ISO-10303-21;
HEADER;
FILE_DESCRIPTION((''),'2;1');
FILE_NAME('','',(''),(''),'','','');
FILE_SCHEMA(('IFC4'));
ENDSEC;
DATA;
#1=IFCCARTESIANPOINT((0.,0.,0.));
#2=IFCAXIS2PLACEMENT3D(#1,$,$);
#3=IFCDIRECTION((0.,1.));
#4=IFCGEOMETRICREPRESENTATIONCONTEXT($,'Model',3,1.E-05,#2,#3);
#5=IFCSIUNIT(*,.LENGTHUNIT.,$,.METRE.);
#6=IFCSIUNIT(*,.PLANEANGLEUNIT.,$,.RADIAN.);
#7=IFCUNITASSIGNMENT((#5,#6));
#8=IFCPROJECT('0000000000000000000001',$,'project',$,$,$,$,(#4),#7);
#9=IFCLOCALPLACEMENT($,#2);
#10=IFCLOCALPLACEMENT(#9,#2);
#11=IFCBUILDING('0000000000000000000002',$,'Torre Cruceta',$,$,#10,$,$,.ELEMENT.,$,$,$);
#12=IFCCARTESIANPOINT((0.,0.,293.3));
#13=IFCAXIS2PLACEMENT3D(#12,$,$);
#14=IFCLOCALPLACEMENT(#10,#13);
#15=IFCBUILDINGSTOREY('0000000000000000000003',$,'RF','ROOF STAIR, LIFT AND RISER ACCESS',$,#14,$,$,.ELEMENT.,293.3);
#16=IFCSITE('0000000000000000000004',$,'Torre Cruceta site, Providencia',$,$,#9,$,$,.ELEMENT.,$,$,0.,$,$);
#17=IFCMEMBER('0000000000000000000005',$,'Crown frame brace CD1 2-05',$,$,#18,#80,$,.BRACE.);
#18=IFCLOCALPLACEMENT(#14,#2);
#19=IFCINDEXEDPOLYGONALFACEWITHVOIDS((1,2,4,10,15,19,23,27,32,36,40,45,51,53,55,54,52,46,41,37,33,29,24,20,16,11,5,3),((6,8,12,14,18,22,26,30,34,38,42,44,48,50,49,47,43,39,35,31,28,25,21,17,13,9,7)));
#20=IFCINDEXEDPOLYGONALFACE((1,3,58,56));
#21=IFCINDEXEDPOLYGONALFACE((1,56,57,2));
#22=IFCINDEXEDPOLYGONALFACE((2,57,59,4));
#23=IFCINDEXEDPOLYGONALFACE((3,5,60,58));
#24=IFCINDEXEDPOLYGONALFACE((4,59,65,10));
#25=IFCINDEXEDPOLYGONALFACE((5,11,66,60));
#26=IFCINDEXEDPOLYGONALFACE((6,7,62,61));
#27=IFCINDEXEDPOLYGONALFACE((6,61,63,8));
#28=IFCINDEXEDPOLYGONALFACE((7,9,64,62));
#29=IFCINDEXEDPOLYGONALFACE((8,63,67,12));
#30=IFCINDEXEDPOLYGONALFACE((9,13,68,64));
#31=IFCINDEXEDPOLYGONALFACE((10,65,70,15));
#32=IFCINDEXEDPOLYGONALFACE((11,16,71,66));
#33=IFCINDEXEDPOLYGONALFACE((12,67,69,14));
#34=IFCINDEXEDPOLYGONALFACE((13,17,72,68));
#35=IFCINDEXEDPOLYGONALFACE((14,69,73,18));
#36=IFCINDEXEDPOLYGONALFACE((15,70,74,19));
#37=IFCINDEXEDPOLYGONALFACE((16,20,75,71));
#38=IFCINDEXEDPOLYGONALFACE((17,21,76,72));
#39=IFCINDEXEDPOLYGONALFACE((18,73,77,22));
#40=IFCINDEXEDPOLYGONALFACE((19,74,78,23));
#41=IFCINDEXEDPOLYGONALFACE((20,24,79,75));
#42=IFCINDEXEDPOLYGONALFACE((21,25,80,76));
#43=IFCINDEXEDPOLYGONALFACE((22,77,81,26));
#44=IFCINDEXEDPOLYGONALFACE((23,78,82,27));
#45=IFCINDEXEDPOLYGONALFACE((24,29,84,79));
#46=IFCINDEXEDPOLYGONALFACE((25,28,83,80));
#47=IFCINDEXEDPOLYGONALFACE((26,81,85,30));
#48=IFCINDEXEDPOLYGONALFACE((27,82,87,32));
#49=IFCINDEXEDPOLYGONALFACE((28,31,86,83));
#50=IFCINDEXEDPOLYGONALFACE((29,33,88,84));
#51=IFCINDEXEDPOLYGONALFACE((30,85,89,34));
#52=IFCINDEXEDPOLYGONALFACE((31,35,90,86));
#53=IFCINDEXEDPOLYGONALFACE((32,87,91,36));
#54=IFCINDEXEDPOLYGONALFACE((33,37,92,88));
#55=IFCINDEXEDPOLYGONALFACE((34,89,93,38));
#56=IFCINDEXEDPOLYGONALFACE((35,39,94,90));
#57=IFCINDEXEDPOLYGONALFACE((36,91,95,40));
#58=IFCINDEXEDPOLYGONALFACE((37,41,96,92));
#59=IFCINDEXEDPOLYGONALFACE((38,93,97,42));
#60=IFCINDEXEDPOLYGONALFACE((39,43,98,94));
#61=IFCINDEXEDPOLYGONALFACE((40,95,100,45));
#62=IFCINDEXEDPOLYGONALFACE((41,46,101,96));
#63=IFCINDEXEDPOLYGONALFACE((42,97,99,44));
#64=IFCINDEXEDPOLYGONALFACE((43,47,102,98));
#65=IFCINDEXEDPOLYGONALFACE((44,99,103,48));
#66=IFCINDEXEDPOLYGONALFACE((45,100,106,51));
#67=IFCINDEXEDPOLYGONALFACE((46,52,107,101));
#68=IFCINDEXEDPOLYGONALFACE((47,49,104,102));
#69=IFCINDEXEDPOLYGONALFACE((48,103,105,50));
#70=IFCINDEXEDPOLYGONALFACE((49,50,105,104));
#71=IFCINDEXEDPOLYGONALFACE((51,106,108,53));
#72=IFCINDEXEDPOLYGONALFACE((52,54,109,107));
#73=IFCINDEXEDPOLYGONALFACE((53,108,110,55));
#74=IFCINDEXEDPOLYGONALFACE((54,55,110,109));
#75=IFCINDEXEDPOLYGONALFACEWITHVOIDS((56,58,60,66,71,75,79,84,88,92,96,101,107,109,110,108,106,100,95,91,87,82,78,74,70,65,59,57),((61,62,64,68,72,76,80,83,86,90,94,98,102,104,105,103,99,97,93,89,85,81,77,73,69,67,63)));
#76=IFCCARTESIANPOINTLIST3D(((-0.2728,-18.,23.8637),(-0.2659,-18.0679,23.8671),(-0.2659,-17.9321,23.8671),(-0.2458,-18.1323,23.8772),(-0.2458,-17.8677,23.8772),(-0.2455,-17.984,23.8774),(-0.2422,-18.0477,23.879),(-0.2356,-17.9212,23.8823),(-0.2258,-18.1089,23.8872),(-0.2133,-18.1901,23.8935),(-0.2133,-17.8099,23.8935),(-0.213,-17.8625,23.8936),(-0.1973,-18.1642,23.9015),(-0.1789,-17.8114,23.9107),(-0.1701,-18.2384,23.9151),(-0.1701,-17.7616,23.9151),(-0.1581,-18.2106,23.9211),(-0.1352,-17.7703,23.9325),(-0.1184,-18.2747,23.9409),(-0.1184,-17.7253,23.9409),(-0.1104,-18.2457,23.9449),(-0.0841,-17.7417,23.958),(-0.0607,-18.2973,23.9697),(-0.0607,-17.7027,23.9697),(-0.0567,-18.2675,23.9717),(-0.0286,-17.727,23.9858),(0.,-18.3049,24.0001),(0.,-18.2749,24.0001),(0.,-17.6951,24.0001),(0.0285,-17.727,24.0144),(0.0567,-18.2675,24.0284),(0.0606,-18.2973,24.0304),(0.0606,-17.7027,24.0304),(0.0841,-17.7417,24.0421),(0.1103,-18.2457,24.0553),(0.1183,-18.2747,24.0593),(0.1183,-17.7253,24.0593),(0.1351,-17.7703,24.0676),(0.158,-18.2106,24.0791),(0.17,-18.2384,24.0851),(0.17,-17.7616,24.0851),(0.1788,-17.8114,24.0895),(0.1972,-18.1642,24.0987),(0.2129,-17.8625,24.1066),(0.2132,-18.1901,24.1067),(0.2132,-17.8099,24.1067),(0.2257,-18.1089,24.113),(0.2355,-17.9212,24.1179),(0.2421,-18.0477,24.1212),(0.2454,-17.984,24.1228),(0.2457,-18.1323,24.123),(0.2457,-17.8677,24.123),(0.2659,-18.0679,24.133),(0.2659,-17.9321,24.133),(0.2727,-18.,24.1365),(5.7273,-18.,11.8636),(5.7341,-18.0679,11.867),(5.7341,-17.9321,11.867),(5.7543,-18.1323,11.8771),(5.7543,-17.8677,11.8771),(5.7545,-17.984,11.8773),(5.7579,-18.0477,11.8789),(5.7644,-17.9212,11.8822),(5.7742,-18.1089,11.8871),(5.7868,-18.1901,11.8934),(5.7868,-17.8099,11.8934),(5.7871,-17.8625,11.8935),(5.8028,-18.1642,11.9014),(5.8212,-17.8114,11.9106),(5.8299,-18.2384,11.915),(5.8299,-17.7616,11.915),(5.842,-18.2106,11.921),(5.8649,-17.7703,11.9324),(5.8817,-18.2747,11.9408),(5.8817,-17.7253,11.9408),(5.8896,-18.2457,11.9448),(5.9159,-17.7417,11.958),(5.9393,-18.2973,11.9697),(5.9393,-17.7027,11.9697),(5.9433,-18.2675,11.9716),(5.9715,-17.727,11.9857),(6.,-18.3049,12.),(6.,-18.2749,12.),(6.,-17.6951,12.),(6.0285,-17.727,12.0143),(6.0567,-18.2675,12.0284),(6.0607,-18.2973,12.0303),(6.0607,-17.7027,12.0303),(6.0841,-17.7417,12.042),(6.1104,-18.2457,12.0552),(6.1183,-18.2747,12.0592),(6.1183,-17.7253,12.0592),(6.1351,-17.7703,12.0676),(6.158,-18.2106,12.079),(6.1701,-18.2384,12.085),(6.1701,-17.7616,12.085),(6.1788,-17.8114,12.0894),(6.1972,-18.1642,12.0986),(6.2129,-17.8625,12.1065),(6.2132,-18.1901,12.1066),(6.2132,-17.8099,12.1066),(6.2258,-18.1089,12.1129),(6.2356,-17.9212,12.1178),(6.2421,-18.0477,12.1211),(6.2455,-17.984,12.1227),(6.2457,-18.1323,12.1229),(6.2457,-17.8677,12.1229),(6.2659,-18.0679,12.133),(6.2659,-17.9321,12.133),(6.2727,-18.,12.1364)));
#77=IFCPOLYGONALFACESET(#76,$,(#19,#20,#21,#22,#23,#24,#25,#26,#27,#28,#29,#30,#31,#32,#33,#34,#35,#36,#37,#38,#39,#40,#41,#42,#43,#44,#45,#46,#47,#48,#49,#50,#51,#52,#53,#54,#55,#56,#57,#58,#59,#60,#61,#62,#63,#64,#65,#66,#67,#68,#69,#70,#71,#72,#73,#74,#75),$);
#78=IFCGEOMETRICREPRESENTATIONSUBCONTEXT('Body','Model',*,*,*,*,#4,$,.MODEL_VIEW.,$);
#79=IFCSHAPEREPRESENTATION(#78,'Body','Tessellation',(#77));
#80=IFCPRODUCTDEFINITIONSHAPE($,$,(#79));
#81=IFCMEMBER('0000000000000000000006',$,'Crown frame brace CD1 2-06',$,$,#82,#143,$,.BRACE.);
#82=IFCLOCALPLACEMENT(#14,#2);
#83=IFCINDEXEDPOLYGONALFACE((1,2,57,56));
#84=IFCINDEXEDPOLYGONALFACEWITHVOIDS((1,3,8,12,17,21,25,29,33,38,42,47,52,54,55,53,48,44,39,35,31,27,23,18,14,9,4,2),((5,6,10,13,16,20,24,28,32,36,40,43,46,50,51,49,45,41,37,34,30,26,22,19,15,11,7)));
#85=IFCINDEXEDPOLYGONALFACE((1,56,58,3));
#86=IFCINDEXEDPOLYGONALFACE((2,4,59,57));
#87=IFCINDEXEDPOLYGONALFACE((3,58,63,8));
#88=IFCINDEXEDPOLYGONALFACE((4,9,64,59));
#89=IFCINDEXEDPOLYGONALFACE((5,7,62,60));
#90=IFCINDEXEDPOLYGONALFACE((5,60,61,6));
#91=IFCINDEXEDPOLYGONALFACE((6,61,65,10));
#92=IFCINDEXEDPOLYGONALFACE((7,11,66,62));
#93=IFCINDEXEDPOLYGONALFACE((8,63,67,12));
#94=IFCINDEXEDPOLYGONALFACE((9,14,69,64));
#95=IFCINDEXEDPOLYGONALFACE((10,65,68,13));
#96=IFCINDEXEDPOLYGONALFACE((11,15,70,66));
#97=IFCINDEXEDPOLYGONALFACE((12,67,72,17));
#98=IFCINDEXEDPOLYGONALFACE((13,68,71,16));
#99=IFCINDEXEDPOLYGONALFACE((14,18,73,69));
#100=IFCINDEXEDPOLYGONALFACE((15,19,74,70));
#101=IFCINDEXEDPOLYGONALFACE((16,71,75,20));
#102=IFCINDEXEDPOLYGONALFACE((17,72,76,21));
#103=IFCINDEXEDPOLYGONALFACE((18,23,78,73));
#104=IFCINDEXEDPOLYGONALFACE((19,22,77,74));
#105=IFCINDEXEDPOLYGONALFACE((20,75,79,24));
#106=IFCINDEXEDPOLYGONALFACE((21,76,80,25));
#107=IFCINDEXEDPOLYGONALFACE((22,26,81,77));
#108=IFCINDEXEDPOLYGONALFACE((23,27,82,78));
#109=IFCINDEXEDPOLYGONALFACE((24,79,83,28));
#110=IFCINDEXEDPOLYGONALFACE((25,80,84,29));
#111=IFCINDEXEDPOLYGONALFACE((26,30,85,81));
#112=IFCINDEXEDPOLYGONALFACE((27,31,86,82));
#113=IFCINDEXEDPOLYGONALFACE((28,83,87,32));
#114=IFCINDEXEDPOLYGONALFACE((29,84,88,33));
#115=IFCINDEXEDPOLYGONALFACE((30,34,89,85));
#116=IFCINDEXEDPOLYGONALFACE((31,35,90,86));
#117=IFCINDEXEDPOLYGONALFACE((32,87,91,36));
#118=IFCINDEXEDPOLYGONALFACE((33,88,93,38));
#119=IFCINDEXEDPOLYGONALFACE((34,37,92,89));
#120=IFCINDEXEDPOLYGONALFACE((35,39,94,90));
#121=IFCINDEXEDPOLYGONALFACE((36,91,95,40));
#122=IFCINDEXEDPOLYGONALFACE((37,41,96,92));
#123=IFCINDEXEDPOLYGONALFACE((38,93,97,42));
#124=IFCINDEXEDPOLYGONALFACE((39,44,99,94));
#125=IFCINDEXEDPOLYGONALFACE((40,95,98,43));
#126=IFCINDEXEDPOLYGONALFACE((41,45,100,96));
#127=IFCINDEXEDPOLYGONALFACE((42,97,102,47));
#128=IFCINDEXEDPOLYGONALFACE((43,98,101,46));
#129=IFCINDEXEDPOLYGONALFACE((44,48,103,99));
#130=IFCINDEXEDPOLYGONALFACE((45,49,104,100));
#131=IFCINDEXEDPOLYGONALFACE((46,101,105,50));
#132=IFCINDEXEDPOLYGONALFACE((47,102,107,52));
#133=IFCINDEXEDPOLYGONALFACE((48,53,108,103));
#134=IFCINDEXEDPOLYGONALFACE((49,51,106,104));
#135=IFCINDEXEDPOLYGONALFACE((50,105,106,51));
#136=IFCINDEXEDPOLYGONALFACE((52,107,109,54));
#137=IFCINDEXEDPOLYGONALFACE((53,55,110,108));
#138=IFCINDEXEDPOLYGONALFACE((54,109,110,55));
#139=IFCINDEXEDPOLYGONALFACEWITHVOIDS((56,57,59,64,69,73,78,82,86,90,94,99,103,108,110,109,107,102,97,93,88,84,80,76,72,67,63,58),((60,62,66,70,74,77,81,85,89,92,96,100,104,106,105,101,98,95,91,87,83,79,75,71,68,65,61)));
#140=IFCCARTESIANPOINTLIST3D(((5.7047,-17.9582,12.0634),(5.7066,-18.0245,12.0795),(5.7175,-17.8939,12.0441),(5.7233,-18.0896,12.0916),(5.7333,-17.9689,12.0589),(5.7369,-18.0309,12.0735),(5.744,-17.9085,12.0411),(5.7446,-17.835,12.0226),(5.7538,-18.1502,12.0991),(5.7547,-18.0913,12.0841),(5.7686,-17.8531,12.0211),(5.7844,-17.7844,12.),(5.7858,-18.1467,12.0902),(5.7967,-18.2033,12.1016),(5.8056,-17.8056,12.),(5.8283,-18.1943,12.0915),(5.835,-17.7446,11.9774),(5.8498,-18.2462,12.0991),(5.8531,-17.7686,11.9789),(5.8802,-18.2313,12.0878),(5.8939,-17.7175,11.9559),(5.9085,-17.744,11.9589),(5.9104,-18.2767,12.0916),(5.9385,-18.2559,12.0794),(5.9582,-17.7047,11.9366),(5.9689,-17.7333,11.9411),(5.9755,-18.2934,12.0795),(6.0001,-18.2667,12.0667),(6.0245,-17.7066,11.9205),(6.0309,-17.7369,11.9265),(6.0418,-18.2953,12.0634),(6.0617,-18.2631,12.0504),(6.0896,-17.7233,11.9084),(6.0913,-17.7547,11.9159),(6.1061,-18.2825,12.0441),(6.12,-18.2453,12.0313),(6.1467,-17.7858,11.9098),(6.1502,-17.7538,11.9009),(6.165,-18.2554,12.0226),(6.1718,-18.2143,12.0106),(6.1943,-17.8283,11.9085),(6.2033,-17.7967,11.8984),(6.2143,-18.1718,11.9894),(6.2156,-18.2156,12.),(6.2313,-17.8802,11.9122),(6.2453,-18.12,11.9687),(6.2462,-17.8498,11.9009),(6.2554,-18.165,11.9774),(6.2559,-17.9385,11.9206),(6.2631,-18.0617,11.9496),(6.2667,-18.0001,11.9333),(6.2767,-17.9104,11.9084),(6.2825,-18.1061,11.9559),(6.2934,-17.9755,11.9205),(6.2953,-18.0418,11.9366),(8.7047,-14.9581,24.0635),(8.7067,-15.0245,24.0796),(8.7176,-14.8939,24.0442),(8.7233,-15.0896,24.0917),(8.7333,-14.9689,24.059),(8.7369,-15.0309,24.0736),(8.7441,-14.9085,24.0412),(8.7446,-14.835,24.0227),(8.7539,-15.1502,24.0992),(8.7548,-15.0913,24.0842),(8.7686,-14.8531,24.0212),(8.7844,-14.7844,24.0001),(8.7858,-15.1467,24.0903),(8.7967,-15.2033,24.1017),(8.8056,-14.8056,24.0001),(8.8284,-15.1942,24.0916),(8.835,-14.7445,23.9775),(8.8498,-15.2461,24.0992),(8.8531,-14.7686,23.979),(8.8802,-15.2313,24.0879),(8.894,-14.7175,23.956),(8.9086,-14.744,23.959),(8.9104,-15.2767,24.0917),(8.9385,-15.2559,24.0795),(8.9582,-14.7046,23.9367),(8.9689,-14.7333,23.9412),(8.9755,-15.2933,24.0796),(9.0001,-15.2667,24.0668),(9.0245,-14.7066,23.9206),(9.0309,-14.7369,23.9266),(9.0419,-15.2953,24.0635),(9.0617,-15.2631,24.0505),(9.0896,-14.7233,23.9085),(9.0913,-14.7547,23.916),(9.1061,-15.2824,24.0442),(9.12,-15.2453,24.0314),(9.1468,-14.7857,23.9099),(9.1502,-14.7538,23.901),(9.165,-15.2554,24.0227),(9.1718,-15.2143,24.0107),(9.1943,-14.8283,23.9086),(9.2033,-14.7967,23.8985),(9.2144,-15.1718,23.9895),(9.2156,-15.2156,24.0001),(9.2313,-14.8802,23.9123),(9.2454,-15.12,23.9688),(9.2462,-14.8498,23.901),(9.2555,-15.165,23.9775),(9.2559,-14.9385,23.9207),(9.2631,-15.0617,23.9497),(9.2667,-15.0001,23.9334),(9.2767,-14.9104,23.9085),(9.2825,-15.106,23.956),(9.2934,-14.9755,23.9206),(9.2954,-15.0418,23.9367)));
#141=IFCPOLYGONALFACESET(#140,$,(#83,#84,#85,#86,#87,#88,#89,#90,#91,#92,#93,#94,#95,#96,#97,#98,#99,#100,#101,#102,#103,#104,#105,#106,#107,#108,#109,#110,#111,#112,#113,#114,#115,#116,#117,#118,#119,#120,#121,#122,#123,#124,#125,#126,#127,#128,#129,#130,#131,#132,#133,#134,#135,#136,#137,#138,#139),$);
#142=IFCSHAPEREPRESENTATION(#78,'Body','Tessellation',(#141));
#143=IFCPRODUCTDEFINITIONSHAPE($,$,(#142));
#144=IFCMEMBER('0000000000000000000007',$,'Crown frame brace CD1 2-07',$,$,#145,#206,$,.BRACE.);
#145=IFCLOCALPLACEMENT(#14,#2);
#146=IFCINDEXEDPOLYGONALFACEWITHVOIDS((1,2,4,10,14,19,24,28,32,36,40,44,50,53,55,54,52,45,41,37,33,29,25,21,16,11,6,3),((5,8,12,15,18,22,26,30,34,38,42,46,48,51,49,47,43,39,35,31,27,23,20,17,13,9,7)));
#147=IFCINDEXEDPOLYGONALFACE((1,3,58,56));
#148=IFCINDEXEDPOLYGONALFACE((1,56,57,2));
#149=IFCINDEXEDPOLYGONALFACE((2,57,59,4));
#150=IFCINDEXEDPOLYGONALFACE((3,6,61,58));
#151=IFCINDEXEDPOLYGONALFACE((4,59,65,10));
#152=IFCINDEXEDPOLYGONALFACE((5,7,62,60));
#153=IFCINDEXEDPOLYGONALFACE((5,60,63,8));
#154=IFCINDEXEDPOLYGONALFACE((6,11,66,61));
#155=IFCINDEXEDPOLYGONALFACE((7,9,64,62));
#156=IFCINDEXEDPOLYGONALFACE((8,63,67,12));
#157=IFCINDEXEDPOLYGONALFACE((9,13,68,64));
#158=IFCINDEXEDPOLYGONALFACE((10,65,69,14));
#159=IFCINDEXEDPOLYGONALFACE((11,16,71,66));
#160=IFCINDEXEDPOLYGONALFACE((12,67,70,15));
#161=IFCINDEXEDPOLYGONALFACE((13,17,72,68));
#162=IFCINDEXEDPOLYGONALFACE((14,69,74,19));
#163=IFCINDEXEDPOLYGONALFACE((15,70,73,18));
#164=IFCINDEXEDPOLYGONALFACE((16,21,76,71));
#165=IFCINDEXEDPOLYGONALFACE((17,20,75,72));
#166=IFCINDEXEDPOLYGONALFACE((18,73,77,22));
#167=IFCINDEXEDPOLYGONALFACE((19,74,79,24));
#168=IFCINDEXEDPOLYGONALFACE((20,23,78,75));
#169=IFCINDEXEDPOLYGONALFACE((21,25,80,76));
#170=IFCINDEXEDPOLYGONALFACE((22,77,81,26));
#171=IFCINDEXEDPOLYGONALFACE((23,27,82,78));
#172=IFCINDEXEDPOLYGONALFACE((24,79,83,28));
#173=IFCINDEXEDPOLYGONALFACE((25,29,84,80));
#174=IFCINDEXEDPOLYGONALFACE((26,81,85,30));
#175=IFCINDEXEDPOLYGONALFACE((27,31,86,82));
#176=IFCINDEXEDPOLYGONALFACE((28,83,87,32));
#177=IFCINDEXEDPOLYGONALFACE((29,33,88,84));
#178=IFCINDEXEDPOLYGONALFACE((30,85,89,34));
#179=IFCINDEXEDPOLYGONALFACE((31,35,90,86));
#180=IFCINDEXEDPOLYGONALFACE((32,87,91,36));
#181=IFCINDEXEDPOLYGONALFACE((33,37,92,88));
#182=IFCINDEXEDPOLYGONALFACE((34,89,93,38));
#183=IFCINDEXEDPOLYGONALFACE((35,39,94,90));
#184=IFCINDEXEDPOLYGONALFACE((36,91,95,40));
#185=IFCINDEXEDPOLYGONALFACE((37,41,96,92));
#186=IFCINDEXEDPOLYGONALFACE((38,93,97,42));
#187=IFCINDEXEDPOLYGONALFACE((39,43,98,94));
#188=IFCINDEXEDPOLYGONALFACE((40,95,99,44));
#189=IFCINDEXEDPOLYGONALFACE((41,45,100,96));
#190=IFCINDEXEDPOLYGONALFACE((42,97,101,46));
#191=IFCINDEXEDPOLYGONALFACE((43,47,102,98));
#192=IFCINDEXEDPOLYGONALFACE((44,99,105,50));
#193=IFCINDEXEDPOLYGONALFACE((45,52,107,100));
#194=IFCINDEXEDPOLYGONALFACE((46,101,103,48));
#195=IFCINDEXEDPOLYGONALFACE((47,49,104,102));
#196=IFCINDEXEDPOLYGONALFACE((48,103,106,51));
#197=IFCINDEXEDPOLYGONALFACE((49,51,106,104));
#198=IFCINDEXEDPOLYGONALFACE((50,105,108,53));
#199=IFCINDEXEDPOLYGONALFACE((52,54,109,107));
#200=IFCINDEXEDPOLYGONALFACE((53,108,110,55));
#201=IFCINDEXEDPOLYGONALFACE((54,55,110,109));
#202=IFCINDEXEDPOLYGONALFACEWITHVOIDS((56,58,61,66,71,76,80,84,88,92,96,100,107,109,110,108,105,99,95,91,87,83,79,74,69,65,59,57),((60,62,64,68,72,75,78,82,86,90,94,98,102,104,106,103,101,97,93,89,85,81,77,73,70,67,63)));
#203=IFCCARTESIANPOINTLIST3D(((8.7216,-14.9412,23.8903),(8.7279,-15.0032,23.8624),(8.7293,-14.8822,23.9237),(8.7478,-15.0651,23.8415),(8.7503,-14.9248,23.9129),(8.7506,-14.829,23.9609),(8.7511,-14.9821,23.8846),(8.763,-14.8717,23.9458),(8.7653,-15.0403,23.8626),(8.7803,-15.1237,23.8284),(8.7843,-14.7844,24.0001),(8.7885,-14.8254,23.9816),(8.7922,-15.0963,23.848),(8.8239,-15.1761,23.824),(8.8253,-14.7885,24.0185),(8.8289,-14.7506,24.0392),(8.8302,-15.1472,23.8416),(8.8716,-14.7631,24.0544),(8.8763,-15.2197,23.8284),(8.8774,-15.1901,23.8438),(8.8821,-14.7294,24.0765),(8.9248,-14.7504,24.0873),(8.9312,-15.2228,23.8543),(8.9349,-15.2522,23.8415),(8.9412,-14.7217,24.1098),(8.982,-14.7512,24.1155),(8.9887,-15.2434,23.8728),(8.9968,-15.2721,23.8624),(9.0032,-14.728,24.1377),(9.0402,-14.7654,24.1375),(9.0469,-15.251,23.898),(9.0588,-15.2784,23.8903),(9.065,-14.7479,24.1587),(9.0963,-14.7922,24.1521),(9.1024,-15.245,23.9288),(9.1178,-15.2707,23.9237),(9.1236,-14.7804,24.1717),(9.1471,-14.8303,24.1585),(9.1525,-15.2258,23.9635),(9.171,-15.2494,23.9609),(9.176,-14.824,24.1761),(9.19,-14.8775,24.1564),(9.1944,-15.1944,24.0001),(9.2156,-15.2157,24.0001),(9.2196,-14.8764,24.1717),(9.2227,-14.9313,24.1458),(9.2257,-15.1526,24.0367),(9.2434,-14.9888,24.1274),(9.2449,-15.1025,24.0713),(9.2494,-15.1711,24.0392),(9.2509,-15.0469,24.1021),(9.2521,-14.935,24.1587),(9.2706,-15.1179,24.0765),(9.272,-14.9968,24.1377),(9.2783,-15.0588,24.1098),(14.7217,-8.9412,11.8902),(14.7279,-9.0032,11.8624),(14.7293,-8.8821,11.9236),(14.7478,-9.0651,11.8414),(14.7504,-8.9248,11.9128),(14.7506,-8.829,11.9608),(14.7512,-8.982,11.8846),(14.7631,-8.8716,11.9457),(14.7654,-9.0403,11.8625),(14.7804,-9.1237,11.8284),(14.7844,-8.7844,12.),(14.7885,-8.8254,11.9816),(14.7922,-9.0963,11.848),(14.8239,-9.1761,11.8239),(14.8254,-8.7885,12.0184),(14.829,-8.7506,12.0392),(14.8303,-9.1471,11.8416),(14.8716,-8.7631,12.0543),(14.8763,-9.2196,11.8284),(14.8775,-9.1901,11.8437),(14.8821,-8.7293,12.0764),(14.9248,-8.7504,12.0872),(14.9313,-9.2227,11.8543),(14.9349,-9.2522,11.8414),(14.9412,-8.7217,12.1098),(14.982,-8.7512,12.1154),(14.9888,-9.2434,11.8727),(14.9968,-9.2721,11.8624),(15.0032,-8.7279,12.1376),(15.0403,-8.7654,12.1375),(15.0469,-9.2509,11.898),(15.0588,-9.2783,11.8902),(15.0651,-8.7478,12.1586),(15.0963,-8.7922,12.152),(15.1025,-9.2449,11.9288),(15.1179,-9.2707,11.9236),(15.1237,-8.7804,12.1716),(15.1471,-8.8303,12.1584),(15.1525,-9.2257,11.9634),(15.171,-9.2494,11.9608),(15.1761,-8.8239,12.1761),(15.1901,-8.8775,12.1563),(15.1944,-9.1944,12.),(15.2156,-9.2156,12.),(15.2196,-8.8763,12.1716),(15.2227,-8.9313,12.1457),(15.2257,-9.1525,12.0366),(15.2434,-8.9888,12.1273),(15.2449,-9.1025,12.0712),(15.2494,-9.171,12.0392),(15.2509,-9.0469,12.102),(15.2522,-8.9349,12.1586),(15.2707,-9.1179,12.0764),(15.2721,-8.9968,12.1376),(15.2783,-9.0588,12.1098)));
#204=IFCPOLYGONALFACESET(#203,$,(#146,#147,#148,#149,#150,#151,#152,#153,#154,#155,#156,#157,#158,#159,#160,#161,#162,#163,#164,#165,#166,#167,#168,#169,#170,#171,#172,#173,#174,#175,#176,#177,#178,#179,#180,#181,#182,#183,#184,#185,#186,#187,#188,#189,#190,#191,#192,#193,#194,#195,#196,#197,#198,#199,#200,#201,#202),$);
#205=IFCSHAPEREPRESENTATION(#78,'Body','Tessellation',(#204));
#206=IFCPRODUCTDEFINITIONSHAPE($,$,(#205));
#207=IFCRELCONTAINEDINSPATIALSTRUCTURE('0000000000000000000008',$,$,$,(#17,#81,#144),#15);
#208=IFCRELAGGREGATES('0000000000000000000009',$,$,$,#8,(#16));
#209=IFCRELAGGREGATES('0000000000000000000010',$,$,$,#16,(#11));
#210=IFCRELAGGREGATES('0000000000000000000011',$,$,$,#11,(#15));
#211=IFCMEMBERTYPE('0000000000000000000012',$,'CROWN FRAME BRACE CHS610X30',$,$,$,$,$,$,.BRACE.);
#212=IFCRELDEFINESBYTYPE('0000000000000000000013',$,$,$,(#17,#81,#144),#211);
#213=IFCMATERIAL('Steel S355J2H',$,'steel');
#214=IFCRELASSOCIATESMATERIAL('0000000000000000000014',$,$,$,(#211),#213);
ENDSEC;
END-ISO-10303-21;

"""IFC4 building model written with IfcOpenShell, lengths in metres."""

from ifc_helpers import new_model, si_unit, direction, frame, origin, origin_2d, place, context, subcontext, project, spatial, hollow_circle, extrude, material, material_profile, profile_set, type_object, element, save


model = new_model("IFC4")

# Units and contexts
model_context = context("Model", 3, precision=1e-05, world=origin(), true_north=direction((0.0, 1.0)))
body_context = subcontext(model_context, "Body", "Model", "MODEL_VIEW")
ifc_project = project(units=[si_unit("LENGTHUNIT", "METRE"), si_unit("PLANEANGLEUNIT", "RADIAN")], contexts=[model_context])

# Site, building, storey
site_placement = place(None, origin())
site = spatial("IfcSite", under=ifc_project, at=site_placement, Name="Torre Cruceta site, Providencia", CompositionType="ELEMENT", RefElevation=0.0)
building_placement = place(site_placement, origin())
building = spatial("IfcBuilding", under=site, at=building_placement, Name="Torre Cruceta", CompositionType="ELEMENT")
storey_placement = place(building_placement, frame((0.0, 0.0, 293.3)))
storey = spatial("IfcBuildingStorey", under=building, at=storey_placement, Name="RF", Description="ROOF STAIR, LIFT AND RISER ACCESS", CompositionType="ELEMENT", Elevation=293.3)

# Members
ifc_material_1 = material(Name="Steel S355J2H", Category="steel")
ifc_material_profile_1 = material_profile(ifc_material_1, hollow_circle(Radius=0.3049, WallThickness=0.03, at=origin_2d()), Name="CHS610X30")
ifc_profile_set_1 = profile_set([ifc_material_profile_1], Name="Steel S355J2H")
member_type_1 = type_object("IfcMemberType", Name="CROWN FRAME BRACE CHS610X30", PredefinedType="BRACE", material=ifc_profile_set_1)
member_1_placement = place(storey_placement, frame((6.0, -18.0, 12.0), z_axis=(-0.447214, 0.0, 0.894427), x_axis=(0.0, -1.0, 0.0)))
element("IfcMember", 1, at=member_1_placement, inside=storey, type_object=member_type_1, Name="Crown frame brace CD1 2-05", PredefinedType="BRACE", context=body_context, shape_type="SweptSolid", body=[
    extrude(hollow_circle(Radius=0.3049, WallThickness=0.03, at=origin_2d()), origin(), (0.0, 0.0, 1.0), 13.4165),
])
member_2_placement = place(storey_placement, frame((6.0, -18.0, 12.0), z_axis=(0.235702, 0.235702, 0.942809), x_axis=(-0.707107, 0.707107, 0.0)))
element("IfcMember", 2, at=member_2_placement, inside=storey, type_object=member_type_1, Name="Crown frame brace CD1 2-06", PredefinedType="BRACE", context=body_context, shape_type="SweptSolid", body=[
    extrude(hollow_circle(Radius=0.3049, WallThickness=0.03, at=origin_2d()), origin(), (0.0, 0.0, 1.0), 12.728),
])
member_3_placement = place(storey_placement, frame((15.0, -9.0, 12.0), z_axis=(-0.408248, -0.408248, 0.816497), x_axis=(0.707107, -0.707107, 0.0)))
element("IfcMember", 3, at=member_3_placement, inside=storey, type_object=member_type_1, Name="Crown frame brace CD1 2-07", PredefinedType="BRACE", context=body_context, shape_type="SweptSolid", body=[
    extrude(hollow_circle(Radius=0.3049, WallThickness=0.03, at=origin_2d()), origin(), (0.0, 0.0, 1.0), 14.697),
])

save(model, "model.ifc")
